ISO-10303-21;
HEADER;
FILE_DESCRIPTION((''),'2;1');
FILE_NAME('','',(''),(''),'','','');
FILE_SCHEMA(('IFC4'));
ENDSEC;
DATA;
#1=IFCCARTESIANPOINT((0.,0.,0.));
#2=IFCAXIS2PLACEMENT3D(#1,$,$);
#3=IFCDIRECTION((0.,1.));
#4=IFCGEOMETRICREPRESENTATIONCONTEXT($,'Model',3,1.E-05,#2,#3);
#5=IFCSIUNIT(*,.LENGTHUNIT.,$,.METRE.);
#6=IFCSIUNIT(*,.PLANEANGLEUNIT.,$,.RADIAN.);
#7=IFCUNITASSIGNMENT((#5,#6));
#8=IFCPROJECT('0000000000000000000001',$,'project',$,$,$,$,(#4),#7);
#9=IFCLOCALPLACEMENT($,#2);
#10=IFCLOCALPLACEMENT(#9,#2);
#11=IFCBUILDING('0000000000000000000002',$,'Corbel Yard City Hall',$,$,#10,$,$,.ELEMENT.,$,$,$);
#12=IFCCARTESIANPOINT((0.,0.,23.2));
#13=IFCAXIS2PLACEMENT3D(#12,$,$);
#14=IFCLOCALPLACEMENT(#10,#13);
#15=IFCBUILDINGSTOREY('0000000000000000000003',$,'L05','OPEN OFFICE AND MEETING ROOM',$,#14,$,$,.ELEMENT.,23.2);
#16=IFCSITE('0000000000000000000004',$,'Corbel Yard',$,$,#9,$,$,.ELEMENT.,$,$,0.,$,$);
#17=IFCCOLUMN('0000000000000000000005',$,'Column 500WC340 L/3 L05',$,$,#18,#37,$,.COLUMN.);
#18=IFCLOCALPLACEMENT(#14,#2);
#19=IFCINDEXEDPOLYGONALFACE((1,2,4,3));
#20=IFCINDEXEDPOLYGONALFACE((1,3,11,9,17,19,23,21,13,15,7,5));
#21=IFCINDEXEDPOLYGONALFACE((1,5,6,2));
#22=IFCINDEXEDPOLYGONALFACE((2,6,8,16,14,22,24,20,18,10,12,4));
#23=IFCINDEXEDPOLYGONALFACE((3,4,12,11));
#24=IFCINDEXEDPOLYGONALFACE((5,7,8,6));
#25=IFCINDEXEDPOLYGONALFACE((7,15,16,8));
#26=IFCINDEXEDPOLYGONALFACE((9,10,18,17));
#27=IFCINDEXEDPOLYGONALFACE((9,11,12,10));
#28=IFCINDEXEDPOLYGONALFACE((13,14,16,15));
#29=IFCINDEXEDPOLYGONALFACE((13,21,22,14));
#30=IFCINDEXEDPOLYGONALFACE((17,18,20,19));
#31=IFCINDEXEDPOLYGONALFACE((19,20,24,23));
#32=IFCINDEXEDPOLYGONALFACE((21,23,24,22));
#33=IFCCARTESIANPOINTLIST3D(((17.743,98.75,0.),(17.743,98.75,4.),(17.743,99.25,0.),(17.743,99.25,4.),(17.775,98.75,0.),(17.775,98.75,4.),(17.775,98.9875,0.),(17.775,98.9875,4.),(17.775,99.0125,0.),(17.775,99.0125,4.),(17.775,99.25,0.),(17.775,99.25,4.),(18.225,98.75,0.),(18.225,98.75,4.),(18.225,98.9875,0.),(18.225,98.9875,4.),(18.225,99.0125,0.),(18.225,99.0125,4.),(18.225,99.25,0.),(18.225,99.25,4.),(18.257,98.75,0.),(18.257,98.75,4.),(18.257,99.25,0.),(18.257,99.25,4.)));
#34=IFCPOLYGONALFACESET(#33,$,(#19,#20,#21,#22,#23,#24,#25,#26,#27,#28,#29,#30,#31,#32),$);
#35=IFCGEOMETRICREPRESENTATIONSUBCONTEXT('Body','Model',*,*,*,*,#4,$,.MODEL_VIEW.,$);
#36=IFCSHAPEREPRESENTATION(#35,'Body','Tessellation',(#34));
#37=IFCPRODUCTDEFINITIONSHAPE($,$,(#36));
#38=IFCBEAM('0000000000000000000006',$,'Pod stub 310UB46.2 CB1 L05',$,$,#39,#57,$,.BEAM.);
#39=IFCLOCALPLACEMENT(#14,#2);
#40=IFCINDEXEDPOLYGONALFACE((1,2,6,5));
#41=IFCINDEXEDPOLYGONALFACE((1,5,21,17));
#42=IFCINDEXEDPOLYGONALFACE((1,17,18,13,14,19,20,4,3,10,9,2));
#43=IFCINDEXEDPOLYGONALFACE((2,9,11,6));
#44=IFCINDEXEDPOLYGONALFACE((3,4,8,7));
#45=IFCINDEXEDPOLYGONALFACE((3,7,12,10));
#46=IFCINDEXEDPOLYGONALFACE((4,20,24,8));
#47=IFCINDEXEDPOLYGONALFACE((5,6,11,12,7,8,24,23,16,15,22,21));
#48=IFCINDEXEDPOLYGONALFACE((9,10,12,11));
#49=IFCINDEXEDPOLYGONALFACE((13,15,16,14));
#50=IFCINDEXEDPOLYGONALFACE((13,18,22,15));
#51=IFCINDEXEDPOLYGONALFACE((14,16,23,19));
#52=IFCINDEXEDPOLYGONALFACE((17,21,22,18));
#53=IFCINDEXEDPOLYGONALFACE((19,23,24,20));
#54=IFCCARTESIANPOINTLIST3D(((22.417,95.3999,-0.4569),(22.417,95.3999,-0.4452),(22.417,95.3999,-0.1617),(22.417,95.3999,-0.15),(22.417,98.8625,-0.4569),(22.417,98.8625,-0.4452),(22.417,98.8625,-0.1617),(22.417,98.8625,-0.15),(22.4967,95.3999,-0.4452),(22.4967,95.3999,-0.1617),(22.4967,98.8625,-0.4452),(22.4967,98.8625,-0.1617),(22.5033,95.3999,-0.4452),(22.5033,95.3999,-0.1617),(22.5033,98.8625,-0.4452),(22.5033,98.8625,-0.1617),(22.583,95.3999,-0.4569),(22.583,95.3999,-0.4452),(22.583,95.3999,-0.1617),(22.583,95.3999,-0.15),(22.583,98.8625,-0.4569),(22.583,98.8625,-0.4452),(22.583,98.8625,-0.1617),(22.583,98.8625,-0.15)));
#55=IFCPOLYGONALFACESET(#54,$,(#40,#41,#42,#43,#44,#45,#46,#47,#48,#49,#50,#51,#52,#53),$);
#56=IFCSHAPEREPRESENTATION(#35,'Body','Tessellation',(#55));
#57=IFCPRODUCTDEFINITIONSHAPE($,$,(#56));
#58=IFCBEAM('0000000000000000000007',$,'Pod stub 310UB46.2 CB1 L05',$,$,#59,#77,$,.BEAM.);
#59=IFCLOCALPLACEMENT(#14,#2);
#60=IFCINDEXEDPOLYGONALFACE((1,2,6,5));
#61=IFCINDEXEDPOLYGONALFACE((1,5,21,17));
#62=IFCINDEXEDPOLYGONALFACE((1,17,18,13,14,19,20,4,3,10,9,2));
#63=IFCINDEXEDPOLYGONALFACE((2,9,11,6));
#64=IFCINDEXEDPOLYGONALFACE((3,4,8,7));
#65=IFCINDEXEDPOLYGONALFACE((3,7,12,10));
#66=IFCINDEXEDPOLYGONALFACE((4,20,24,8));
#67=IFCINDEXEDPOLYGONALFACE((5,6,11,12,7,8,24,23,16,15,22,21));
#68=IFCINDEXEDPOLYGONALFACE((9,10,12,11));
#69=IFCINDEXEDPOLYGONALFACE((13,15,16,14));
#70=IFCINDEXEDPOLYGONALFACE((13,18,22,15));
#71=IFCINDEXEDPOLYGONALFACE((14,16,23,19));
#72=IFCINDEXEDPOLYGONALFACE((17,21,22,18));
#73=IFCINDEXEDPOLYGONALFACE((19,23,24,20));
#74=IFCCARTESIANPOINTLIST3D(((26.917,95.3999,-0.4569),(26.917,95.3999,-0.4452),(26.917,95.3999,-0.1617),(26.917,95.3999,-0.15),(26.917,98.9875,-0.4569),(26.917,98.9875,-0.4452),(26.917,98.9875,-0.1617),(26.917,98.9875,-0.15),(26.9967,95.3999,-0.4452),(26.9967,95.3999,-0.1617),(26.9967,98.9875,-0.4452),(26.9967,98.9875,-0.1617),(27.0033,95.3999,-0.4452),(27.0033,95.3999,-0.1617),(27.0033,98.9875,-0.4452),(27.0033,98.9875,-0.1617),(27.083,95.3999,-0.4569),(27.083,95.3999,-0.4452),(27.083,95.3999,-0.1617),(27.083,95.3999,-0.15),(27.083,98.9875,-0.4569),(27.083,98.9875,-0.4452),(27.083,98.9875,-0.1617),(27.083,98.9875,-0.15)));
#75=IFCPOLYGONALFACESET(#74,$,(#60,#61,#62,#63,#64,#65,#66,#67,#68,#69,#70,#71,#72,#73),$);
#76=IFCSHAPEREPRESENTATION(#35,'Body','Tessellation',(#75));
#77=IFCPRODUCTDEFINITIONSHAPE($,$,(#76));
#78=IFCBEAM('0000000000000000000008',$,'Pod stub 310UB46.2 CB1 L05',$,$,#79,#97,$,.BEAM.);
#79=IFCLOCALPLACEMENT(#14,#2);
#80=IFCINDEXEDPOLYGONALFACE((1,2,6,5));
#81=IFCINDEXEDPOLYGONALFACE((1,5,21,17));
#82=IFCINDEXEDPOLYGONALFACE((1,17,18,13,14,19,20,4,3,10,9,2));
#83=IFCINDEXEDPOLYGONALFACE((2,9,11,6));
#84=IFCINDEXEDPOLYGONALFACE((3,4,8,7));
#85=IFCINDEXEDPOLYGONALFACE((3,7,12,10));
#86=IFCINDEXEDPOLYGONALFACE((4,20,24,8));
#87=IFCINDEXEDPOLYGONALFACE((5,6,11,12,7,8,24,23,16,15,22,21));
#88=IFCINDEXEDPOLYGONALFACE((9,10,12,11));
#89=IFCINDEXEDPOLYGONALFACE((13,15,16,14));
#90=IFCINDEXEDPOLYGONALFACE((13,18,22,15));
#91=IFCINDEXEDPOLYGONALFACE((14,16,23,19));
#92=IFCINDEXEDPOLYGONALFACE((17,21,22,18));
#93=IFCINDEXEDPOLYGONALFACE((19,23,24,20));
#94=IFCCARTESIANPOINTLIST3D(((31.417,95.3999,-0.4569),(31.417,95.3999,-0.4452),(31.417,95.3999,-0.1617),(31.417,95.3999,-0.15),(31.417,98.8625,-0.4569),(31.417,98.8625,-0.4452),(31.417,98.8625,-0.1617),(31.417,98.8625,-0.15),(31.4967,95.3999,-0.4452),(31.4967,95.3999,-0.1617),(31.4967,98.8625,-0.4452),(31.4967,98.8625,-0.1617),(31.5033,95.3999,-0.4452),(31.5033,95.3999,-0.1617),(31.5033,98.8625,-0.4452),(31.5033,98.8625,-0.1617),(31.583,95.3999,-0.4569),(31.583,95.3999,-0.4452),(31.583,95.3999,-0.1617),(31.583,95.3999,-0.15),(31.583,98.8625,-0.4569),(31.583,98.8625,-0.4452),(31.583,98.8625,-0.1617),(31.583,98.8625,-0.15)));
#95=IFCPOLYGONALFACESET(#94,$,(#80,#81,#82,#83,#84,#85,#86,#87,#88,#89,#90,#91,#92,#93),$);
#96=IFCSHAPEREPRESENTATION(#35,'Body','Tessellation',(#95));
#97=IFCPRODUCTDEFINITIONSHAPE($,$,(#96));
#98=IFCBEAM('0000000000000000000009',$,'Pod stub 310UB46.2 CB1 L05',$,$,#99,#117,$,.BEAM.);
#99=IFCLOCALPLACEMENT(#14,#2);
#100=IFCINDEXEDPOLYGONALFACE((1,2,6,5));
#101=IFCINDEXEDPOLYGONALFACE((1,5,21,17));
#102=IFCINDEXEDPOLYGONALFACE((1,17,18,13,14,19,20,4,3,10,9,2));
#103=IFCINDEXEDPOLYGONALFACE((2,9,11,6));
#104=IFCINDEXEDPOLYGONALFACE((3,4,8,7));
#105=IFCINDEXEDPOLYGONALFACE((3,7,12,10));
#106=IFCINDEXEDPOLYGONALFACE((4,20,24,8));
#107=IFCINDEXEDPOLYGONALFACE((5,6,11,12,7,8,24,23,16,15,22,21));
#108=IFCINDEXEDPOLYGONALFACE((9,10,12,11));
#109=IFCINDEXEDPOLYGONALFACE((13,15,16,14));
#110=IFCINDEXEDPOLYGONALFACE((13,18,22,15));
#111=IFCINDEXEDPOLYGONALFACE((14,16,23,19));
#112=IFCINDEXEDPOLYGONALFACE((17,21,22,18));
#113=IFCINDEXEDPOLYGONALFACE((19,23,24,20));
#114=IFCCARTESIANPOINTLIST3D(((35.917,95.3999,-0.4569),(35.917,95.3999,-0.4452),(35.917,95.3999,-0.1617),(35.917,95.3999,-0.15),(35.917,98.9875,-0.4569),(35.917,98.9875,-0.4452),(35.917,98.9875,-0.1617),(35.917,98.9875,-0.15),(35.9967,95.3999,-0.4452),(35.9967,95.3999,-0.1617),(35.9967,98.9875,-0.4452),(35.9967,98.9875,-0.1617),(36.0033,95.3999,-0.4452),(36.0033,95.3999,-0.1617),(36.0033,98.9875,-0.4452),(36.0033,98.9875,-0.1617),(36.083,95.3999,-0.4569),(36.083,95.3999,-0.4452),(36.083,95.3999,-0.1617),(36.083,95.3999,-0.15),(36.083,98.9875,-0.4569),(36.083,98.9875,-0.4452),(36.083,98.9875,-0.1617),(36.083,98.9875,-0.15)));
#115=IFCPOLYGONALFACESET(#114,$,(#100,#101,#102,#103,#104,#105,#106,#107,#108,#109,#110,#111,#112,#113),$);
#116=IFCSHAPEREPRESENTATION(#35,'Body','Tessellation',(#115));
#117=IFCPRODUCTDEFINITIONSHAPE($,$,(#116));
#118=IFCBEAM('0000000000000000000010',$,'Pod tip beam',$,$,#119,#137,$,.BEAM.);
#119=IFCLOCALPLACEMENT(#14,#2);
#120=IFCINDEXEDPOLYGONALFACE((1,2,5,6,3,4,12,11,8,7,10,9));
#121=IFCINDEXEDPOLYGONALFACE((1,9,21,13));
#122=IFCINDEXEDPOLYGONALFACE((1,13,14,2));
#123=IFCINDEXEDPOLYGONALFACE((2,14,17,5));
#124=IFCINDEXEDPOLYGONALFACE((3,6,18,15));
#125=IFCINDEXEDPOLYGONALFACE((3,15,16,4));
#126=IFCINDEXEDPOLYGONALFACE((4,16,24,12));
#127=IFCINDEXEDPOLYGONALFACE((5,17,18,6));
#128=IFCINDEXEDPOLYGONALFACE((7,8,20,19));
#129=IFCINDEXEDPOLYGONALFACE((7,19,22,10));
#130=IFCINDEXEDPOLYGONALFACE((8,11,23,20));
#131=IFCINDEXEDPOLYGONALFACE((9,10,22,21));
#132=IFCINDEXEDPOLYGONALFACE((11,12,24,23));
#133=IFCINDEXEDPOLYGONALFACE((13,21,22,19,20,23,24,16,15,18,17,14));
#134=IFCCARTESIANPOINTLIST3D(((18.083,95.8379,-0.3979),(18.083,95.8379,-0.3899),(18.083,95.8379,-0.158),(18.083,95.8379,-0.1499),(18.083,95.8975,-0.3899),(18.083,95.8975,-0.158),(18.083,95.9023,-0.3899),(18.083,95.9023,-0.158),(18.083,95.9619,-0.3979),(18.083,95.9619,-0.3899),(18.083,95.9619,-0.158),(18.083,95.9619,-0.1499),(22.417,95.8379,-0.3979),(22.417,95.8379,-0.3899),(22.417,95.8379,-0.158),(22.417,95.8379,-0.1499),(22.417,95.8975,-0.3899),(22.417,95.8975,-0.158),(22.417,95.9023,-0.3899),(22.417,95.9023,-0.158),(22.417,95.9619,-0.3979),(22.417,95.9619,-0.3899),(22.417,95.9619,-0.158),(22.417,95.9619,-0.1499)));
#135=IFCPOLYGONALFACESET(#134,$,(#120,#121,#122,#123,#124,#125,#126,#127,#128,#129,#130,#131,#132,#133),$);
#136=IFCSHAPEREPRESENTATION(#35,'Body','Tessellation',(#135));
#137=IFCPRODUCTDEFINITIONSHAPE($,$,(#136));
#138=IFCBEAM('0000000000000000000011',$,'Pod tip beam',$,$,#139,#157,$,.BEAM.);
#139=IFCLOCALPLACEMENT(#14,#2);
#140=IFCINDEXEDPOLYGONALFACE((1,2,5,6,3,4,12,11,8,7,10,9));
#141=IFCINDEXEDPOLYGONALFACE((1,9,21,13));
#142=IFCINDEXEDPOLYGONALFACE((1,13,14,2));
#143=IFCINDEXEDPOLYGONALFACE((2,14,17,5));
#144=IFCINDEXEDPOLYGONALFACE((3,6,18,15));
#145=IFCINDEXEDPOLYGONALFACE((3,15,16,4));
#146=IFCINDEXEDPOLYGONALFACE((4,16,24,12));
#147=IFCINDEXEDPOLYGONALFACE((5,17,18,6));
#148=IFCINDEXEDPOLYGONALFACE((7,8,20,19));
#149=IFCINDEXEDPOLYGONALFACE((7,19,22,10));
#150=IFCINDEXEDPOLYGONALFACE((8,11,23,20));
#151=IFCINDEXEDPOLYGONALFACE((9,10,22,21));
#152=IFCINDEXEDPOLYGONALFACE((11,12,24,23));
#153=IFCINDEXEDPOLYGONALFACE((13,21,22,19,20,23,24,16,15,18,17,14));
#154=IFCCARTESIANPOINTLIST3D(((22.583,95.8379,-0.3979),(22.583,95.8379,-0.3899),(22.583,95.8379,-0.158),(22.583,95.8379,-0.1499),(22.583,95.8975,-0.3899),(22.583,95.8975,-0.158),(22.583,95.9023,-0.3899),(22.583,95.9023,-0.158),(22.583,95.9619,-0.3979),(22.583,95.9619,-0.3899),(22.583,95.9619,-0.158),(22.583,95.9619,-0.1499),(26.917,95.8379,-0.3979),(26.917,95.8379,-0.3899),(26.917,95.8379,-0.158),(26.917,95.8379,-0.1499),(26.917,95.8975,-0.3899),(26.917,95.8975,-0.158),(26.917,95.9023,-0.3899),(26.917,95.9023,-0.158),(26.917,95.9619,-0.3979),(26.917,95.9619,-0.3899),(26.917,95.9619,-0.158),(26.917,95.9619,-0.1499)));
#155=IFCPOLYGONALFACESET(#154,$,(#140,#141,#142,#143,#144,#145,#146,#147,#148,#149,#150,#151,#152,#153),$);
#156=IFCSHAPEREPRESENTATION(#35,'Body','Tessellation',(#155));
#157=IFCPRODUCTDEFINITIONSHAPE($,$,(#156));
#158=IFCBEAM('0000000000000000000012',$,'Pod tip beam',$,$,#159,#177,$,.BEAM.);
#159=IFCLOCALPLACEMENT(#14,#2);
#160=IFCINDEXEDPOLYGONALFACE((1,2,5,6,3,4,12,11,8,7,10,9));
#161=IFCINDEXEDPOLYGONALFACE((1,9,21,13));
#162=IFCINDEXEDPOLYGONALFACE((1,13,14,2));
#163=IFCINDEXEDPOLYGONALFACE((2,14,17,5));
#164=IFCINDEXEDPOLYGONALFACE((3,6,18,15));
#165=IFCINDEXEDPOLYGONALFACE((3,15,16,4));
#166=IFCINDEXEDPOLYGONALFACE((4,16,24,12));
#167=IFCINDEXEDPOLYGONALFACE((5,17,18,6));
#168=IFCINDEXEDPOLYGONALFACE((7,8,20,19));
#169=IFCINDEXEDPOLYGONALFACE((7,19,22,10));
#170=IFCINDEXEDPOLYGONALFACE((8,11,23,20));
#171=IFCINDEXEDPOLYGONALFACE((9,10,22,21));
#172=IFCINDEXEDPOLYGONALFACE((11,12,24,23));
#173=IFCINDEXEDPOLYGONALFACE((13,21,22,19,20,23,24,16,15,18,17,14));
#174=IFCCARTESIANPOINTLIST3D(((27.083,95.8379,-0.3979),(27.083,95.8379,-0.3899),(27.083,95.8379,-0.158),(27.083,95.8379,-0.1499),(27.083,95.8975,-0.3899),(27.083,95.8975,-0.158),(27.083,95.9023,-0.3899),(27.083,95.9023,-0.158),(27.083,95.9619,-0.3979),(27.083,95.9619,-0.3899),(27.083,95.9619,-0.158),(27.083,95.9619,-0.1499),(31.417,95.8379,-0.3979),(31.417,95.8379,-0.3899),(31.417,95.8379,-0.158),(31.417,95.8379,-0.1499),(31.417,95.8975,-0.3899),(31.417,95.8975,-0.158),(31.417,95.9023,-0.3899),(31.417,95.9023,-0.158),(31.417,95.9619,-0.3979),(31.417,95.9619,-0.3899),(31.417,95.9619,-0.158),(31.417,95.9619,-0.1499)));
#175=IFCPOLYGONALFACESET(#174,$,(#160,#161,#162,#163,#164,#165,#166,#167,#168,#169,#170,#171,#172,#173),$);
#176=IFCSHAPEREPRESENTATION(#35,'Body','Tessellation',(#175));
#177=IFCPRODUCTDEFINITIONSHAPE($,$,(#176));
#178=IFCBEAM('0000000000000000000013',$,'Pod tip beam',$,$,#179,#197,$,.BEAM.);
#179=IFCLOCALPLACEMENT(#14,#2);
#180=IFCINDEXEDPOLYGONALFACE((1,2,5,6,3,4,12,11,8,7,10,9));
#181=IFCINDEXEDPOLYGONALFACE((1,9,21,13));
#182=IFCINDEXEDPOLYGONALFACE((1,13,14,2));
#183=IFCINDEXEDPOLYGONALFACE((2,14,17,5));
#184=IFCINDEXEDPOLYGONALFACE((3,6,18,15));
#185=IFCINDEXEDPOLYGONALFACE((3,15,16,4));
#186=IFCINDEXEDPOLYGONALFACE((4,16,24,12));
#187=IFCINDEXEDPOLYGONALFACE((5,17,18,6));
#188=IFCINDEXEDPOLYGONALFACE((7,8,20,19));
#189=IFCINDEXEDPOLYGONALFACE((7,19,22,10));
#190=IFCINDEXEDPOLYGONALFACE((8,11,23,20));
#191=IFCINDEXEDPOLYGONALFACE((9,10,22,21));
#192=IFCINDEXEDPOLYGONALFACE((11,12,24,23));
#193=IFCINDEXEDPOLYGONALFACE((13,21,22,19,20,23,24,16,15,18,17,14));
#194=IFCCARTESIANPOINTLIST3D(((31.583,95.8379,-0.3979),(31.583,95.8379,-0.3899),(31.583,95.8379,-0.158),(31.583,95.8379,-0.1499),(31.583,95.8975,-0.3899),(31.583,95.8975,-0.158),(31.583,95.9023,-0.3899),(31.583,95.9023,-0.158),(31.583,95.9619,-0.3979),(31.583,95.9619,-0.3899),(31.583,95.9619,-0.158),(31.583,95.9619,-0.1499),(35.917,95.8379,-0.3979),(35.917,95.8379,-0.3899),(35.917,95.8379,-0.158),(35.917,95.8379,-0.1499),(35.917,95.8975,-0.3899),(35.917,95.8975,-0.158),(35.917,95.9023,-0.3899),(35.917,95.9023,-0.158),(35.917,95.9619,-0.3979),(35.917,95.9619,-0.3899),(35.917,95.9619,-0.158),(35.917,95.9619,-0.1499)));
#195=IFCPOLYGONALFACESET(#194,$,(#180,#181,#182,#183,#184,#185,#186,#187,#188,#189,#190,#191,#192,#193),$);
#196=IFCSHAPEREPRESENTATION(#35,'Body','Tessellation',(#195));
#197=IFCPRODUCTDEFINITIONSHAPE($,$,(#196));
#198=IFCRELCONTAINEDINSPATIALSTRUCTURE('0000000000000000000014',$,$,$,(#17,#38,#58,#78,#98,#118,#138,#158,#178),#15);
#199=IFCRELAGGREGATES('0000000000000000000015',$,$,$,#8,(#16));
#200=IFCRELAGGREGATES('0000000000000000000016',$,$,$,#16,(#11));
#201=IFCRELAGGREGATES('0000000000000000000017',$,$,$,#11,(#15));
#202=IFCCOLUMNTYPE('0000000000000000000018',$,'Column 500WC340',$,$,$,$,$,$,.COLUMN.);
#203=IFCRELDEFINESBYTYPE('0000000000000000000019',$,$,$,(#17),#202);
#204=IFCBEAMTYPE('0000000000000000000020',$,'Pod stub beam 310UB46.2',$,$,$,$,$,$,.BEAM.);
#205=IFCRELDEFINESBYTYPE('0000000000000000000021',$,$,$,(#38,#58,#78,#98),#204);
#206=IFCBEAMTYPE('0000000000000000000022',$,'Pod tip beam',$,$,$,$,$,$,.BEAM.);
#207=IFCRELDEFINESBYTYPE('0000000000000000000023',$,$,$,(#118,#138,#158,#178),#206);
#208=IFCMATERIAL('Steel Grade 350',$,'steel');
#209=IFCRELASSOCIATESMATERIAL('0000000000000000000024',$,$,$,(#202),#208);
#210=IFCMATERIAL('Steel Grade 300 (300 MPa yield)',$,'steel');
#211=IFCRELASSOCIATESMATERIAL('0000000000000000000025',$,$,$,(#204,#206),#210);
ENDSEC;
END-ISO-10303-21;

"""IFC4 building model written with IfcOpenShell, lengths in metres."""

from ifc_helpers import new_model, si_unit, direction, frame, origin, origin_2d, place, context, subcontext, project, spatial, i_section, extrude, material, material_profile, profile_set, type_object, element, save


model = new_model("IFC4")

# Units and contexts
model_context = context("Model", 3, precision=1e-05, world=origin(), true_north=direction((0.0, 1.0)))
body_context = subcontext(model_context, "Body", "Model", "MODEL_VIEW")
ifc_project = project(units=[si_unit("LENGTHUNIT", "METRE"), si_unit("PLANEANGLEUNIT", "RADIAN")], contexts=[model_context])

# Site, building, storey
site_placement = place(None, origin())
site = spatial("IfcSite", under=ifc_project, at=site_placement, Name="Corbel Yard", CompositionType="ELEMENT", RefElevation=0.0)
building_placement = place(site_placement, origin())
building = spatial("IfcBuilding", under=site, at=building_placement, Name="Corbel Yard City Hall", CompositionType="ELEMENT")
storey_placement = place(building_placement, frame((0.0, 0.0, 23.2)))
storey = spatial("IfcBuildingStorey", under=building, at=storey_placement, Name="L05", Description="OPEN OFFICE AND MEETING ROOM", CompositionType="ELEMENT", Elevation=23.2)

# Column
ifc_material_1 = material(Name="Steel Grade 350", Category="steel")
ifc_material_profile_1 = material_profile(ifc_material_1, i_section(OverallWidth=0.5, OverallDepth=0.5139, WebThickness=0.0249, FlangeThickness=0.032, at=origin_2d()), Name="500WC340")
ifc_profile_set_1 = profile_set([ifc_material_profile_1], Name="Steel Grade 350")
column_type = type_object("IfcColumnType", Name="Column 500WC340", PredefinedType="COLUMN", material=ifc_profile_set_1)
column_placement = place(storey_placement, frame((18.0, 99.0, 0.0), z_axis=(0.0, 0.0, 1.0), x_axis=(0.0, 1.0, 0.0)))
element("IfcColumn", 1, at=column_placement, inside=storey, type_object=column_type, Name="Column 500WC340 L/3 L05", PredefinedType="COLUMN", context=body_context, shape_type="SweptSolid", body=[
    extrude(i_section(OverallWidth=0.5, OverallDepth=0.5139, WebThickness=0.0249, FlangeThickness=0.032, at=origin_2d()), origin(), (0.0, 0.0, 1.0), 4.0),
])

# Beams
ifc_material_2 = material(Name="Steel Grade 300 (300 MPa yield)", Category="steel")
ifc_material_profile_2 = material_profile(ifc_material_2, i_section(OverallWidth=0.166, OverallDepth=0.3069, WebThickness=0.0066, FlangeThickness=0.0117, at=origin_2d()), Name="310UB46.2")
ifc_profile_set_2 = profile_set([ifc_material_profile_2], Name="Steel Grade 300 (300 MPa yield)")
beam_type_1 = type_object("IfcBeamType", Name="Pod stub beam 310UB46.2", PredefinedType="BEAM", material=ifc_profile_set_2)
beam_1_placement = place(storey_placement, frame((22.5, 95.3999, -0.3035), z_axis=(0.0, 1.0, 0.0), x_axis=(-1.0, 0.0, 0.0)))
element("IfcBeam", 2, at=beam_1_placement, inside=storey, type_object=beam_type_1, Name="Pod stub 310UB46.2 CB1 L05", PredefinedType="BEAM", context=body_context, shape_type="SweptSolid", body=[
    extrude(i_section(OverallWidth=0.166, OverallDepth=0.3069, WebThickness=0.0066, FlangeThickness=0.0117, at=origin_2d()), origin(), (0.0, 0.0, 1.0), 3.4626),
])
beam_2_placement = place(storey_placement, frame((27.0, 95.3999, -0.3035), z_axis=(0.0, 1.0, 0.0), x_axis=(-1.0, 0.0, 0.0)))
element("IfcBeam", 3, at=beam_2_placement, inside=storey, type_object=beam_type_1, Name="Pod stub 310UB46.2 CB1 L05", PredefinedType="BEAM", context=body_context, shape_type="SweptSolid", body=[
    extrude(i_section(OverallWidth=0.166, OverallDepth=0.3069, WebThickness=0.0066, FlangeThickness=0.0117, at=origin_2d()), origin(), (0.0, 0.0, 1.0), 3.5876),
])
beam_3_placement = place(storey_placement, frame((31.5, 95.3999, -0.3035), z_axis=(0.0, 1.0, 0.0), x_axis=(-1.0, 0.0, 0.0)))
element("IfcBeam", 4, at=beam_3_placement, inside=storey, type_object=beam_type_1, Name="Pod stub 310UB46.2 CB1 L05", PredefinedType="BEAM", context=body_context, shape_type="SweptSolid", body=[
    extrude(i_section(OverallWidth=0.166, OverallDepth=0.3069, WebThickness=0.0066, FlangeThickness=0.0117, at=origin_2d()), origin(), (0.0, 0.0, 1.0), 3.4626),
])
beam_4_placement = place(storey_placement, frame((36.0, 95.3999, -0.3035), z_axis=(0.0, 1.0, 0.0), x_axis=(-1.0, 0.0, 0.0)))
element("IfcBeam", 5, at=beam_4_placement, inside=storey, type_object=beam_type_1, Name="Pod stub 310UB46.2 CB1 L05", PredefinedType="BEAM", context=body_context, shape_type="SweptSolid", body=[
    extrude(i_section(OverallWidth=0.166, OverallDepth=0.3069, WebThickness=0.0066, FlangeThickness=0.0117, at=origin_2d()), origin(), (0.0, 0.0, 1.0), 3.5876),
])
ifc_material_profile_3 = material_profile(ifc_material_2, i_section(OverallWidth=0.124, OverallDepth=0.248, WebThickness=0.0049, FlangeThickness=0.0081, at=origin_2d()), Name="250UB25.7")
ifc_profile_set_3 = profile_set([ifc_material_profile_3], Name="Steel Grade 300 (300 MPa yield)")
beam_type_2 = type_object("IfcBeamType", Name="Pod tip beam", PredefinedType="BEAM", material=ifc_profile_set_3)
for number, where, z_axis, x_axis, name in (
    (6, (18.083, 95.8999, -0.2739), (1.0, 0.0, 0.0), (0.0, 1.0, 0.0), "Pod tip beam"),
    (7, (22.583, 95.8999, -0.2739), (1.0, 0.0, 0.0), (0.0, 1.0, 0.0), "Pod tip beam"),
    (8, (27.083, 95.8999, -0.2739), (1.0, 0.0, 0.0), (0.0, 1.0, 0.0), "Pod tip beam"),
    (9, (31.583, 95.8999, -0.2739), (1.0, 0.0, 0.0), (0.0, 1.0, 0.0), "Pod tip beam"),
):
    element("IfcBeam", number, at=place(storey_placement, frame(where, z_axis=z_axis, x_axis=x_axis)), inside=storey, type_object=beam_type_2, Name=name, PredefinedType="BEAM", context=body_context, shape_type="SweptSolid", body=[
        extrude(i_section(OverallWidth=0.124, OverallDepth=0.248, WebThickness=0.0049, FlangeThickness=0.0081, at=origin_2d()), origin(), (0.0, 0.0, 1.0), 4.334),
    ])

save(model, "model.ifc")
